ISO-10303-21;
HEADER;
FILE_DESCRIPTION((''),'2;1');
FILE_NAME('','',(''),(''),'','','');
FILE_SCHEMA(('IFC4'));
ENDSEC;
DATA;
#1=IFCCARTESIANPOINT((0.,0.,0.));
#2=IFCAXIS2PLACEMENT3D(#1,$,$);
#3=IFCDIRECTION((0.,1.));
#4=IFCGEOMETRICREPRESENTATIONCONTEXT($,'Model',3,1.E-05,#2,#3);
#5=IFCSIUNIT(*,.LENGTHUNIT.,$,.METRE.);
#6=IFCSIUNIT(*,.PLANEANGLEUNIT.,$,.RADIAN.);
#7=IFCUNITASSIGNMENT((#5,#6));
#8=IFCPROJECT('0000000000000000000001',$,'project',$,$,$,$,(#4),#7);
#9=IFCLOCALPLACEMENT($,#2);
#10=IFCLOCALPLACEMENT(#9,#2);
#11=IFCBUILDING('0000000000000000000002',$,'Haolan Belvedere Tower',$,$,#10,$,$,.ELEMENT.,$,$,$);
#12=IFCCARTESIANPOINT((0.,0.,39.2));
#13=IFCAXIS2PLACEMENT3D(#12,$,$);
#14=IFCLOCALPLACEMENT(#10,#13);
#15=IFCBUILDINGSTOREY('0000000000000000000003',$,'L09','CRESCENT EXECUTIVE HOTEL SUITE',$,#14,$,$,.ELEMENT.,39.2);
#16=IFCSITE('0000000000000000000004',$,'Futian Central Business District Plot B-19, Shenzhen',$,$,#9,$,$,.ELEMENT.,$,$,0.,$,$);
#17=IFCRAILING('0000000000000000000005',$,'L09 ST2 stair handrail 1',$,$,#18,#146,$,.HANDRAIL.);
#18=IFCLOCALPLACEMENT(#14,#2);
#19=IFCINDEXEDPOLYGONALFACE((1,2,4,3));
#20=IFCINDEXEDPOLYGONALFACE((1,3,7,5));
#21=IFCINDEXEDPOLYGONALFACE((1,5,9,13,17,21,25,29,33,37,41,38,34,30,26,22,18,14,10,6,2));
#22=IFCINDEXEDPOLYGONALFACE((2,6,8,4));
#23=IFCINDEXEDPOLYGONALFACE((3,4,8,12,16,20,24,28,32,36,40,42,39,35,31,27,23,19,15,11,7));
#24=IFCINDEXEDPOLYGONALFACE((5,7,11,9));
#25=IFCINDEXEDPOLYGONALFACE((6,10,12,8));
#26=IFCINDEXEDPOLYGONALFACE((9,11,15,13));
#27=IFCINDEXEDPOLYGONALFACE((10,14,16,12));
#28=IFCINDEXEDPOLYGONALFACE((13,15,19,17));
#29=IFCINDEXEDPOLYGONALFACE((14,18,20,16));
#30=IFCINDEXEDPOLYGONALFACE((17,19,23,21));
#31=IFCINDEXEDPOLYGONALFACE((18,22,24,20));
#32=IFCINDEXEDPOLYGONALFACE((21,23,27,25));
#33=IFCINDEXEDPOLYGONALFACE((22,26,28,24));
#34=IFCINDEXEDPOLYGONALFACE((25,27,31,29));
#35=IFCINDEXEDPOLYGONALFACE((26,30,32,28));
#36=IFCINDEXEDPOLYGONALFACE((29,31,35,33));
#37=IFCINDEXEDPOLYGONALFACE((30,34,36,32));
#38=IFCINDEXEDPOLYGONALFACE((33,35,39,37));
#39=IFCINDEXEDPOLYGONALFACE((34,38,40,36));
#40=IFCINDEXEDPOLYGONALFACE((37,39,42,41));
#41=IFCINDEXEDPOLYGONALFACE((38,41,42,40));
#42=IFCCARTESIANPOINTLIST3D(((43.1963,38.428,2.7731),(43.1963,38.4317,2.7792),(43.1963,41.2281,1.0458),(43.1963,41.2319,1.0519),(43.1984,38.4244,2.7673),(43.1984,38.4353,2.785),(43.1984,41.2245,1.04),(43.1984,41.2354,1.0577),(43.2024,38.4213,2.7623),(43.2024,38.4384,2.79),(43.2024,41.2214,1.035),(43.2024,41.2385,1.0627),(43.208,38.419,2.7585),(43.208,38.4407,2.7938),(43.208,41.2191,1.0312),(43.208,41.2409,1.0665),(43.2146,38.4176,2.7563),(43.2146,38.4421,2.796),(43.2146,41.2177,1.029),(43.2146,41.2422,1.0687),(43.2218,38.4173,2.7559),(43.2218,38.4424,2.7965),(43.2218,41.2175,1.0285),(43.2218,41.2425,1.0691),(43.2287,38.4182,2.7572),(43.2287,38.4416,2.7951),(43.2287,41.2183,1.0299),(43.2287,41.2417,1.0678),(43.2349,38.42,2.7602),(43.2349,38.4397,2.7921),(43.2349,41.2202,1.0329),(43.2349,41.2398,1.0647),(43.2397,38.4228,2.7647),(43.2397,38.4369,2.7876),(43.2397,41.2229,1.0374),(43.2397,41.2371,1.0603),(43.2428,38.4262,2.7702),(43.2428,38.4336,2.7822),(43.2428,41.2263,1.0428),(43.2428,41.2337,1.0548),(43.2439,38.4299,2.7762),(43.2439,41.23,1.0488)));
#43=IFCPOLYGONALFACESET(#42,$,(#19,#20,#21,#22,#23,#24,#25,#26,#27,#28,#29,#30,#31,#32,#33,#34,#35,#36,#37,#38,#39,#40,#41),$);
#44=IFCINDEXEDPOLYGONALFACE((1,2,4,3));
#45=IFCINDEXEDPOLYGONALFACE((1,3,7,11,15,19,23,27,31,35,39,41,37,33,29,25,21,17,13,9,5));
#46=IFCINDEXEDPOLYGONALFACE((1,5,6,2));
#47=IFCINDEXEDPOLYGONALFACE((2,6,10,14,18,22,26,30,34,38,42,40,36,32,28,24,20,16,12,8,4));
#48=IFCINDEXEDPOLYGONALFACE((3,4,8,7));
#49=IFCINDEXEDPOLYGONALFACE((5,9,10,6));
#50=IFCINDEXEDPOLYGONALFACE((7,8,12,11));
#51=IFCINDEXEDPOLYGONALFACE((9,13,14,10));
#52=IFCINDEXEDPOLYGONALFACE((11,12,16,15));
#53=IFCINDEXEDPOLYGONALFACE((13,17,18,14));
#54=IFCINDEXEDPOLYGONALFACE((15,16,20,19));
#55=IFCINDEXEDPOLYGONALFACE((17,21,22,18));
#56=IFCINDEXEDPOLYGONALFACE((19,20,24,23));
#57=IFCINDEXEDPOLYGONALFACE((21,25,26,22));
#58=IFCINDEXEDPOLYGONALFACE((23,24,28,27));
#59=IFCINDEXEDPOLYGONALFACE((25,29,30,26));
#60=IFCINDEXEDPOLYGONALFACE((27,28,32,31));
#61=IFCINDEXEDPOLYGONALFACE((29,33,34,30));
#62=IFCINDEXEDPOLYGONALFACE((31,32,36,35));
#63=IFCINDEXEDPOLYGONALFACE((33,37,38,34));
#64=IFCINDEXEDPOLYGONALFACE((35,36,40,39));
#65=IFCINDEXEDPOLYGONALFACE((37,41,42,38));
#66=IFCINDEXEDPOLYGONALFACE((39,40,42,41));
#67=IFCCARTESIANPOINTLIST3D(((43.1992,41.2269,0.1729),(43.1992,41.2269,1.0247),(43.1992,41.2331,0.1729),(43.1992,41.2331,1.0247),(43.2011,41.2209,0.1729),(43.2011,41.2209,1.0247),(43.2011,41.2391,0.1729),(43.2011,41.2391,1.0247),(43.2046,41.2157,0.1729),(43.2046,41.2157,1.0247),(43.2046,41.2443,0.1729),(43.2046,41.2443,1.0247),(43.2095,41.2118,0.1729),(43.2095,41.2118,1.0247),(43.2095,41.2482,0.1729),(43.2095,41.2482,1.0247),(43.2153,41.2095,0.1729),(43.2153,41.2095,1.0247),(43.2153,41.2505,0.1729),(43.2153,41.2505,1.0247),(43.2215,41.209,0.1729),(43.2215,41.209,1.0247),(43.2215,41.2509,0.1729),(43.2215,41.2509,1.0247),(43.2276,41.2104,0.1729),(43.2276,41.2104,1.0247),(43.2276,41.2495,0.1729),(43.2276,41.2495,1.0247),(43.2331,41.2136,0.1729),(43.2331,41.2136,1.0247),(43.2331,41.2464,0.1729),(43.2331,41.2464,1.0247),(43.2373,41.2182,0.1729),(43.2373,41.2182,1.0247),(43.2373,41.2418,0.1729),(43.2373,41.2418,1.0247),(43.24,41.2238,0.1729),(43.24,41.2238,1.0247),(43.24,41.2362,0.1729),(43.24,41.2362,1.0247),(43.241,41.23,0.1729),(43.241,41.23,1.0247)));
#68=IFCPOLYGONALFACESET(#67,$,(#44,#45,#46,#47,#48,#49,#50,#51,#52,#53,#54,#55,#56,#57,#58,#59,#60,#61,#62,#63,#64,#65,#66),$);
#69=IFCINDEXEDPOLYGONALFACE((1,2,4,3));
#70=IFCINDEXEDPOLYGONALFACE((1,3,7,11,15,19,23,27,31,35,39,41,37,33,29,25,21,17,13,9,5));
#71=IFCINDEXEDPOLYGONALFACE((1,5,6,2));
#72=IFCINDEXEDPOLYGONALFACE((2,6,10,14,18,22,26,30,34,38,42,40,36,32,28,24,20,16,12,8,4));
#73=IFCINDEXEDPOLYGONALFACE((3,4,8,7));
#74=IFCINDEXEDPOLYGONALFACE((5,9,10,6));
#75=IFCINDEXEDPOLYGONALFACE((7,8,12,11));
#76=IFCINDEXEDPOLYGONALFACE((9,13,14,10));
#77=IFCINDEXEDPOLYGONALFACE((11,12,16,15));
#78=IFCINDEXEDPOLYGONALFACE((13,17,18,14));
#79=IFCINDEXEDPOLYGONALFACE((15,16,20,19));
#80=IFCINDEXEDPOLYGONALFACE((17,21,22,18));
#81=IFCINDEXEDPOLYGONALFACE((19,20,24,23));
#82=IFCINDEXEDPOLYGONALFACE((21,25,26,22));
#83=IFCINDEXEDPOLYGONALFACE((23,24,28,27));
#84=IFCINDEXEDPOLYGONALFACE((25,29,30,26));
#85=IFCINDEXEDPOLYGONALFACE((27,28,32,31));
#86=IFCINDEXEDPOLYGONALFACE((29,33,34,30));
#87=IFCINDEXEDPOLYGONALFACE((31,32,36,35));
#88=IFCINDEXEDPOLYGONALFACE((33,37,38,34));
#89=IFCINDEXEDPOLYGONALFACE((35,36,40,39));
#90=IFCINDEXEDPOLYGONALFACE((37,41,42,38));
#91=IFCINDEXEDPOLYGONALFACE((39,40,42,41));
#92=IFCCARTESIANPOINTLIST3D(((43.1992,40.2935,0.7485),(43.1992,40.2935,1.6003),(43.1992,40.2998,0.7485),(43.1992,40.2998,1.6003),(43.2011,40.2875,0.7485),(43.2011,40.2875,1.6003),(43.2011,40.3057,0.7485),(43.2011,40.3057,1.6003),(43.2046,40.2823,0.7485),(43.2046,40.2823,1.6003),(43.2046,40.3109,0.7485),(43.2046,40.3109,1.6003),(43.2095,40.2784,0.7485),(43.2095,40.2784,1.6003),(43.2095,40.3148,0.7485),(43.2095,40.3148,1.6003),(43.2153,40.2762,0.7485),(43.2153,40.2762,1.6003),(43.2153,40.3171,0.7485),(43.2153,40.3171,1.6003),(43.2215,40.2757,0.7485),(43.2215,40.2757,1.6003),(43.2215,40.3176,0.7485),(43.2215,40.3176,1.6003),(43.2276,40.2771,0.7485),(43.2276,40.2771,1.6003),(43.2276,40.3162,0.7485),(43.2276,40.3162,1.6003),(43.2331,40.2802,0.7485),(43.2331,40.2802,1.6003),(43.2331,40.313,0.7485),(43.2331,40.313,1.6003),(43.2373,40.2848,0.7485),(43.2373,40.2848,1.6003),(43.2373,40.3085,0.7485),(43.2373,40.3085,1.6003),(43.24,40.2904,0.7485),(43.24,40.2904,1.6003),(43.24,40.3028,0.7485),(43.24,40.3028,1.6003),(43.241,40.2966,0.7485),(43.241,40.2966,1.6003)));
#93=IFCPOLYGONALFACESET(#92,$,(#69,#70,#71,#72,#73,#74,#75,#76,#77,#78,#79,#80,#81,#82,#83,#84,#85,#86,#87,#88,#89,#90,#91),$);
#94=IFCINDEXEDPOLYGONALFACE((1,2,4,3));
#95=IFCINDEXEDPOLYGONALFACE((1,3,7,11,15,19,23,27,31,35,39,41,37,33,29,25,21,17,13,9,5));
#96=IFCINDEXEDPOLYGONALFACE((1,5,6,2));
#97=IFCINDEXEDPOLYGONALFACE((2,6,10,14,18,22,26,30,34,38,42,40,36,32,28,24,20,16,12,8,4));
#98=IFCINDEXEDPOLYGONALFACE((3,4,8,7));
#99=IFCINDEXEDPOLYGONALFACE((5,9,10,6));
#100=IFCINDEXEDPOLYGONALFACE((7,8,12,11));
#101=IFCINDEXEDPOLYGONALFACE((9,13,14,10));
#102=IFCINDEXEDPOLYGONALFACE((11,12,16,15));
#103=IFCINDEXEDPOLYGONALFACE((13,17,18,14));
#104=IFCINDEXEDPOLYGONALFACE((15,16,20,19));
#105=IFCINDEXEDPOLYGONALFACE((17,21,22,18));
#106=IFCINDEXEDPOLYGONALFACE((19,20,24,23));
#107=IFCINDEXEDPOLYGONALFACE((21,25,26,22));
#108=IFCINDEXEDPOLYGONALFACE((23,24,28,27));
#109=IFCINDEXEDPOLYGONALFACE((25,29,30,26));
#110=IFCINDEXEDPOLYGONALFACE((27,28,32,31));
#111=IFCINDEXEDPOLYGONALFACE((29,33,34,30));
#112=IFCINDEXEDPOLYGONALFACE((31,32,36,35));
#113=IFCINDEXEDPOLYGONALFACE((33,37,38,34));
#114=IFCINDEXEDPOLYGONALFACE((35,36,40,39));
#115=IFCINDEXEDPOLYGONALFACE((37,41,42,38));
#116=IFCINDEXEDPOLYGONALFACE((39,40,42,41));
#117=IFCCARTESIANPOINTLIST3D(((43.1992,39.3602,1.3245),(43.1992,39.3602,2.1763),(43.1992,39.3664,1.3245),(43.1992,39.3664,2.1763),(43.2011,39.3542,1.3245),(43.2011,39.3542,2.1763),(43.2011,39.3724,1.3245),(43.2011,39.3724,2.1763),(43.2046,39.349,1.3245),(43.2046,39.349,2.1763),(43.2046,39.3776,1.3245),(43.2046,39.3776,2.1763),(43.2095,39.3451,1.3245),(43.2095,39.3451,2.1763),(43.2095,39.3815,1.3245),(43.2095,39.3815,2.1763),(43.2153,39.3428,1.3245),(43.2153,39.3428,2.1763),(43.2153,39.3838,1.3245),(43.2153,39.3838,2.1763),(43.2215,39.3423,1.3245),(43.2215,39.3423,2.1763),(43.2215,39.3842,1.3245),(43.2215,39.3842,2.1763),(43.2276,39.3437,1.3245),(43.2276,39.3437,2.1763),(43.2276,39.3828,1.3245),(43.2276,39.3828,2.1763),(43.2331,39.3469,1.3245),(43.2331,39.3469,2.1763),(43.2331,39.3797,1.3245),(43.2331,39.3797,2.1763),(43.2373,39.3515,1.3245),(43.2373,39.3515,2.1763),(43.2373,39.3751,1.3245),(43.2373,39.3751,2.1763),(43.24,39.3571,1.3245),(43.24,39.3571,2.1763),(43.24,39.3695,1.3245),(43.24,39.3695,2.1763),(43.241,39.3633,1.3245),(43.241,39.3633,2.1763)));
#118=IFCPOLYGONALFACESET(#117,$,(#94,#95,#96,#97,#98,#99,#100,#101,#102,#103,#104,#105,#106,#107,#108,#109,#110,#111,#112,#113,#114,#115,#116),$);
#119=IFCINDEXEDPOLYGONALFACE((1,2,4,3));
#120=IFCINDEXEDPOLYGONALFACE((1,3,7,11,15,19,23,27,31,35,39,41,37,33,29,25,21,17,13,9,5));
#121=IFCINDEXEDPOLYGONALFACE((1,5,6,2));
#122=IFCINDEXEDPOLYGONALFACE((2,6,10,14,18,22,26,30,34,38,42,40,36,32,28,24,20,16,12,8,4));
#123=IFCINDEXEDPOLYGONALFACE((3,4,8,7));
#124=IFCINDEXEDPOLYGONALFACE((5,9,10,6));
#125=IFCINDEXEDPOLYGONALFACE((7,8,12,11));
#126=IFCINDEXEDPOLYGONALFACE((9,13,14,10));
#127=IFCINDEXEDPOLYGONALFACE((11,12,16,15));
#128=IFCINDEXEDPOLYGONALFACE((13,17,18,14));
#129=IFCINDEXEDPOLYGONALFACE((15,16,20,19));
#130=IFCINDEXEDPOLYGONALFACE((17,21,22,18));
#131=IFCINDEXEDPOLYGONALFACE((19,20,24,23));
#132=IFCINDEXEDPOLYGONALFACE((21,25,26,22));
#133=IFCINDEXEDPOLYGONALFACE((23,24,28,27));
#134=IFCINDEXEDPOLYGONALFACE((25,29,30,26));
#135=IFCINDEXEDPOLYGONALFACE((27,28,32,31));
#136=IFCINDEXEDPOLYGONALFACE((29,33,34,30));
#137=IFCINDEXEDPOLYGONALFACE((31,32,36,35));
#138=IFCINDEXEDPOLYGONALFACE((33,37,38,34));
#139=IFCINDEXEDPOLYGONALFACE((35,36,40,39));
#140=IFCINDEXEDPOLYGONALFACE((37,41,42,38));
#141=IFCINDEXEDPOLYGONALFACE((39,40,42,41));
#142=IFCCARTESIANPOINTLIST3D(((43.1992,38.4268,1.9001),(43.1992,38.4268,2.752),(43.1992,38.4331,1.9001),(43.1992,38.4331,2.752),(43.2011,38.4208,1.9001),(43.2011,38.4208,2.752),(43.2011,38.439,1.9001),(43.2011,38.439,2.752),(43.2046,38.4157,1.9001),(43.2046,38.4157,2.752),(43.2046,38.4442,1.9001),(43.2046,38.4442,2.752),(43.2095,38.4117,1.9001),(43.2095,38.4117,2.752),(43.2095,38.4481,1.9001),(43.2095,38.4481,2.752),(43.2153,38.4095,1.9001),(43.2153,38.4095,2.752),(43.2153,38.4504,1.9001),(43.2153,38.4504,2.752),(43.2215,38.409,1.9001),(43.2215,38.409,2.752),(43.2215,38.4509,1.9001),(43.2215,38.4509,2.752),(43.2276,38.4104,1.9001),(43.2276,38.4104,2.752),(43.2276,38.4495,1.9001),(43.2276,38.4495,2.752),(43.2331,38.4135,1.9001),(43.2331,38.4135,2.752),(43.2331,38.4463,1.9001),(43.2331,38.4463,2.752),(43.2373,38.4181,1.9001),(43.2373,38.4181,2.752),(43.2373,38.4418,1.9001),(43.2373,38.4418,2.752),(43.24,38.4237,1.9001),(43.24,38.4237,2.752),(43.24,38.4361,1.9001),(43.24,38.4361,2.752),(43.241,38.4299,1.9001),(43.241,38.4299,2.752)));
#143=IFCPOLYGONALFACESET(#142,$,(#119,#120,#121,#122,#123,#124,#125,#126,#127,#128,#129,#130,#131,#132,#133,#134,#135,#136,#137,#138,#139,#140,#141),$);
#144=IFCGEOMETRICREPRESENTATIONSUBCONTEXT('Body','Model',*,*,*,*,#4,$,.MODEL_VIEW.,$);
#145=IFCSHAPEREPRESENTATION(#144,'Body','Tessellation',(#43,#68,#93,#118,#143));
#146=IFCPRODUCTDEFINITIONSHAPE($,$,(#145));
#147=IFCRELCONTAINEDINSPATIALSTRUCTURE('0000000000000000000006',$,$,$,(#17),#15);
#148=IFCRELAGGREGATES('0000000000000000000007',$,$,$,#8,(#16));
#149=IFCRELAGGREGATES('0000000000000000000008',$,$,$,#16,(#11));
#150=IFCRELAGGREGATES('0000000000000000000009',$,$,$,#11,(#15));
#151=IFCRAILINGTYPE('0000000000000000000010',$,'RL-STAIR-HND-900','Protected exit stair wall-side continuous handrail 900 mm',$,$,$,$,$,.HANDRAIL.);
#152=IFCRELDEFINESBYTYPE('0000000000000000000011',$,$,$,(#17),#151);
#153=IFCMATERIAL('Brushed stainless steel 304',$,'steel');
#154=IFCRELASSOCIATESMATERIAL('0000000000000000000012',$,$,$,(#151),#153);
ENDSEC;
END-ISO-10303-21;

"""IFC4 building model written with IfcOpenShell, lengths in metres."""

from ifc_helpers import new_model, si_unit, direction, frame, origin, origin_2d, place, context, subcontext, project, spatial, circle, extrude, material, type_object, element, save


model = new_model("IFC4")

# Units and contexts
model_context = context("Model", 3, precision=1e-05, world=origin(), true_north=direction((0.0, 1.0)))
body_context = subcontext(model_context, "Body", "Model", "MODEL_VIEW")
ifc_project = project(units=[si_unit("LENGTHUNIT", "METRE"), si_unit("PLANEANGLEUNIT", "RADIAN")], contexts=[model_context])

# Site, building, storey
site_placement = place(None, origin())
site = spatial("IfcSite", under=ifc_project, at=site_placement, Name="Futian Central Business District Plot B-19, Shenzhen", CompositionType="ELEMENT", RefElevation=0.0)
building_placement = place(site_placement, origin())
building = spatial("IfcBuilding", under=site, at=building_placement, Name="Haolan Belvedere Tower", CompositionType="ELEMENT")
storey_placement = place(building_placement, frame((0.0, 0.0, 39.2)))
storey = spatial("IfcBuildingStorey", under=building, at=storey_placement, Name="L09", Description="CRESCENT EXECUTIVE HOTEL SUITE", CompositionType="ELEMENT", Elevation=39.2)

# Railing
ifc_material_1 = material(Name="Brushed stainless steel 304", Category="steel")
railing_type_1 = type_object("IfcRailingType", Name="RL-STAIR-HND-900", Description="Protected exit stair wall-side continuous handrail 900 mm", PredefinedType="HANDRAIL", material=ifc_material_1)
railing_1_placement = place(storey_placement, frame((43.22, 41.23, 0.1729)))
element("IfcRailing", 1, at=railing_1_placement, inside=storey, type_object=railing_type_1, Name="L09 ST2 stair handrail 1", PredefinedType="HANDRAIL", context=body_context, shape_type="SweptSolid", body=[
    extrude(circle(Radius=0.0239, at=origin_2d()), frame((0.0, 0.0, 0.876), z_axis=(0.0, -0.85109, 0.52502), x_axis=(1.0, 0.0, 0.0)), (0.0, 0.0, 1.0), 3.29),
    extrude(circle(Radius=0.021, at=origin_2d()), origin(), (0.0, 0.0, 1.0), 0.8518),
    extrude(circle(Radius=0.021, at=origin_2d()), frame((0.0, -0.9333, 0.5757)), (0.0, 0.0, 1.0), 0.8518),
    extrude(circle(Radius=0.021, at=origin_2d()), frame((0.0, -1.8667, 1.1516)), (0.0, 0.0, 1.0), 0.8518),
    extrude(circle(Radius=0.021, at=origin_2d()), frame((0.0, -2.8, 1.7273)), (0.0, 0.0, 1.0), 0.8518),
])

save(model, "model.ifc")
